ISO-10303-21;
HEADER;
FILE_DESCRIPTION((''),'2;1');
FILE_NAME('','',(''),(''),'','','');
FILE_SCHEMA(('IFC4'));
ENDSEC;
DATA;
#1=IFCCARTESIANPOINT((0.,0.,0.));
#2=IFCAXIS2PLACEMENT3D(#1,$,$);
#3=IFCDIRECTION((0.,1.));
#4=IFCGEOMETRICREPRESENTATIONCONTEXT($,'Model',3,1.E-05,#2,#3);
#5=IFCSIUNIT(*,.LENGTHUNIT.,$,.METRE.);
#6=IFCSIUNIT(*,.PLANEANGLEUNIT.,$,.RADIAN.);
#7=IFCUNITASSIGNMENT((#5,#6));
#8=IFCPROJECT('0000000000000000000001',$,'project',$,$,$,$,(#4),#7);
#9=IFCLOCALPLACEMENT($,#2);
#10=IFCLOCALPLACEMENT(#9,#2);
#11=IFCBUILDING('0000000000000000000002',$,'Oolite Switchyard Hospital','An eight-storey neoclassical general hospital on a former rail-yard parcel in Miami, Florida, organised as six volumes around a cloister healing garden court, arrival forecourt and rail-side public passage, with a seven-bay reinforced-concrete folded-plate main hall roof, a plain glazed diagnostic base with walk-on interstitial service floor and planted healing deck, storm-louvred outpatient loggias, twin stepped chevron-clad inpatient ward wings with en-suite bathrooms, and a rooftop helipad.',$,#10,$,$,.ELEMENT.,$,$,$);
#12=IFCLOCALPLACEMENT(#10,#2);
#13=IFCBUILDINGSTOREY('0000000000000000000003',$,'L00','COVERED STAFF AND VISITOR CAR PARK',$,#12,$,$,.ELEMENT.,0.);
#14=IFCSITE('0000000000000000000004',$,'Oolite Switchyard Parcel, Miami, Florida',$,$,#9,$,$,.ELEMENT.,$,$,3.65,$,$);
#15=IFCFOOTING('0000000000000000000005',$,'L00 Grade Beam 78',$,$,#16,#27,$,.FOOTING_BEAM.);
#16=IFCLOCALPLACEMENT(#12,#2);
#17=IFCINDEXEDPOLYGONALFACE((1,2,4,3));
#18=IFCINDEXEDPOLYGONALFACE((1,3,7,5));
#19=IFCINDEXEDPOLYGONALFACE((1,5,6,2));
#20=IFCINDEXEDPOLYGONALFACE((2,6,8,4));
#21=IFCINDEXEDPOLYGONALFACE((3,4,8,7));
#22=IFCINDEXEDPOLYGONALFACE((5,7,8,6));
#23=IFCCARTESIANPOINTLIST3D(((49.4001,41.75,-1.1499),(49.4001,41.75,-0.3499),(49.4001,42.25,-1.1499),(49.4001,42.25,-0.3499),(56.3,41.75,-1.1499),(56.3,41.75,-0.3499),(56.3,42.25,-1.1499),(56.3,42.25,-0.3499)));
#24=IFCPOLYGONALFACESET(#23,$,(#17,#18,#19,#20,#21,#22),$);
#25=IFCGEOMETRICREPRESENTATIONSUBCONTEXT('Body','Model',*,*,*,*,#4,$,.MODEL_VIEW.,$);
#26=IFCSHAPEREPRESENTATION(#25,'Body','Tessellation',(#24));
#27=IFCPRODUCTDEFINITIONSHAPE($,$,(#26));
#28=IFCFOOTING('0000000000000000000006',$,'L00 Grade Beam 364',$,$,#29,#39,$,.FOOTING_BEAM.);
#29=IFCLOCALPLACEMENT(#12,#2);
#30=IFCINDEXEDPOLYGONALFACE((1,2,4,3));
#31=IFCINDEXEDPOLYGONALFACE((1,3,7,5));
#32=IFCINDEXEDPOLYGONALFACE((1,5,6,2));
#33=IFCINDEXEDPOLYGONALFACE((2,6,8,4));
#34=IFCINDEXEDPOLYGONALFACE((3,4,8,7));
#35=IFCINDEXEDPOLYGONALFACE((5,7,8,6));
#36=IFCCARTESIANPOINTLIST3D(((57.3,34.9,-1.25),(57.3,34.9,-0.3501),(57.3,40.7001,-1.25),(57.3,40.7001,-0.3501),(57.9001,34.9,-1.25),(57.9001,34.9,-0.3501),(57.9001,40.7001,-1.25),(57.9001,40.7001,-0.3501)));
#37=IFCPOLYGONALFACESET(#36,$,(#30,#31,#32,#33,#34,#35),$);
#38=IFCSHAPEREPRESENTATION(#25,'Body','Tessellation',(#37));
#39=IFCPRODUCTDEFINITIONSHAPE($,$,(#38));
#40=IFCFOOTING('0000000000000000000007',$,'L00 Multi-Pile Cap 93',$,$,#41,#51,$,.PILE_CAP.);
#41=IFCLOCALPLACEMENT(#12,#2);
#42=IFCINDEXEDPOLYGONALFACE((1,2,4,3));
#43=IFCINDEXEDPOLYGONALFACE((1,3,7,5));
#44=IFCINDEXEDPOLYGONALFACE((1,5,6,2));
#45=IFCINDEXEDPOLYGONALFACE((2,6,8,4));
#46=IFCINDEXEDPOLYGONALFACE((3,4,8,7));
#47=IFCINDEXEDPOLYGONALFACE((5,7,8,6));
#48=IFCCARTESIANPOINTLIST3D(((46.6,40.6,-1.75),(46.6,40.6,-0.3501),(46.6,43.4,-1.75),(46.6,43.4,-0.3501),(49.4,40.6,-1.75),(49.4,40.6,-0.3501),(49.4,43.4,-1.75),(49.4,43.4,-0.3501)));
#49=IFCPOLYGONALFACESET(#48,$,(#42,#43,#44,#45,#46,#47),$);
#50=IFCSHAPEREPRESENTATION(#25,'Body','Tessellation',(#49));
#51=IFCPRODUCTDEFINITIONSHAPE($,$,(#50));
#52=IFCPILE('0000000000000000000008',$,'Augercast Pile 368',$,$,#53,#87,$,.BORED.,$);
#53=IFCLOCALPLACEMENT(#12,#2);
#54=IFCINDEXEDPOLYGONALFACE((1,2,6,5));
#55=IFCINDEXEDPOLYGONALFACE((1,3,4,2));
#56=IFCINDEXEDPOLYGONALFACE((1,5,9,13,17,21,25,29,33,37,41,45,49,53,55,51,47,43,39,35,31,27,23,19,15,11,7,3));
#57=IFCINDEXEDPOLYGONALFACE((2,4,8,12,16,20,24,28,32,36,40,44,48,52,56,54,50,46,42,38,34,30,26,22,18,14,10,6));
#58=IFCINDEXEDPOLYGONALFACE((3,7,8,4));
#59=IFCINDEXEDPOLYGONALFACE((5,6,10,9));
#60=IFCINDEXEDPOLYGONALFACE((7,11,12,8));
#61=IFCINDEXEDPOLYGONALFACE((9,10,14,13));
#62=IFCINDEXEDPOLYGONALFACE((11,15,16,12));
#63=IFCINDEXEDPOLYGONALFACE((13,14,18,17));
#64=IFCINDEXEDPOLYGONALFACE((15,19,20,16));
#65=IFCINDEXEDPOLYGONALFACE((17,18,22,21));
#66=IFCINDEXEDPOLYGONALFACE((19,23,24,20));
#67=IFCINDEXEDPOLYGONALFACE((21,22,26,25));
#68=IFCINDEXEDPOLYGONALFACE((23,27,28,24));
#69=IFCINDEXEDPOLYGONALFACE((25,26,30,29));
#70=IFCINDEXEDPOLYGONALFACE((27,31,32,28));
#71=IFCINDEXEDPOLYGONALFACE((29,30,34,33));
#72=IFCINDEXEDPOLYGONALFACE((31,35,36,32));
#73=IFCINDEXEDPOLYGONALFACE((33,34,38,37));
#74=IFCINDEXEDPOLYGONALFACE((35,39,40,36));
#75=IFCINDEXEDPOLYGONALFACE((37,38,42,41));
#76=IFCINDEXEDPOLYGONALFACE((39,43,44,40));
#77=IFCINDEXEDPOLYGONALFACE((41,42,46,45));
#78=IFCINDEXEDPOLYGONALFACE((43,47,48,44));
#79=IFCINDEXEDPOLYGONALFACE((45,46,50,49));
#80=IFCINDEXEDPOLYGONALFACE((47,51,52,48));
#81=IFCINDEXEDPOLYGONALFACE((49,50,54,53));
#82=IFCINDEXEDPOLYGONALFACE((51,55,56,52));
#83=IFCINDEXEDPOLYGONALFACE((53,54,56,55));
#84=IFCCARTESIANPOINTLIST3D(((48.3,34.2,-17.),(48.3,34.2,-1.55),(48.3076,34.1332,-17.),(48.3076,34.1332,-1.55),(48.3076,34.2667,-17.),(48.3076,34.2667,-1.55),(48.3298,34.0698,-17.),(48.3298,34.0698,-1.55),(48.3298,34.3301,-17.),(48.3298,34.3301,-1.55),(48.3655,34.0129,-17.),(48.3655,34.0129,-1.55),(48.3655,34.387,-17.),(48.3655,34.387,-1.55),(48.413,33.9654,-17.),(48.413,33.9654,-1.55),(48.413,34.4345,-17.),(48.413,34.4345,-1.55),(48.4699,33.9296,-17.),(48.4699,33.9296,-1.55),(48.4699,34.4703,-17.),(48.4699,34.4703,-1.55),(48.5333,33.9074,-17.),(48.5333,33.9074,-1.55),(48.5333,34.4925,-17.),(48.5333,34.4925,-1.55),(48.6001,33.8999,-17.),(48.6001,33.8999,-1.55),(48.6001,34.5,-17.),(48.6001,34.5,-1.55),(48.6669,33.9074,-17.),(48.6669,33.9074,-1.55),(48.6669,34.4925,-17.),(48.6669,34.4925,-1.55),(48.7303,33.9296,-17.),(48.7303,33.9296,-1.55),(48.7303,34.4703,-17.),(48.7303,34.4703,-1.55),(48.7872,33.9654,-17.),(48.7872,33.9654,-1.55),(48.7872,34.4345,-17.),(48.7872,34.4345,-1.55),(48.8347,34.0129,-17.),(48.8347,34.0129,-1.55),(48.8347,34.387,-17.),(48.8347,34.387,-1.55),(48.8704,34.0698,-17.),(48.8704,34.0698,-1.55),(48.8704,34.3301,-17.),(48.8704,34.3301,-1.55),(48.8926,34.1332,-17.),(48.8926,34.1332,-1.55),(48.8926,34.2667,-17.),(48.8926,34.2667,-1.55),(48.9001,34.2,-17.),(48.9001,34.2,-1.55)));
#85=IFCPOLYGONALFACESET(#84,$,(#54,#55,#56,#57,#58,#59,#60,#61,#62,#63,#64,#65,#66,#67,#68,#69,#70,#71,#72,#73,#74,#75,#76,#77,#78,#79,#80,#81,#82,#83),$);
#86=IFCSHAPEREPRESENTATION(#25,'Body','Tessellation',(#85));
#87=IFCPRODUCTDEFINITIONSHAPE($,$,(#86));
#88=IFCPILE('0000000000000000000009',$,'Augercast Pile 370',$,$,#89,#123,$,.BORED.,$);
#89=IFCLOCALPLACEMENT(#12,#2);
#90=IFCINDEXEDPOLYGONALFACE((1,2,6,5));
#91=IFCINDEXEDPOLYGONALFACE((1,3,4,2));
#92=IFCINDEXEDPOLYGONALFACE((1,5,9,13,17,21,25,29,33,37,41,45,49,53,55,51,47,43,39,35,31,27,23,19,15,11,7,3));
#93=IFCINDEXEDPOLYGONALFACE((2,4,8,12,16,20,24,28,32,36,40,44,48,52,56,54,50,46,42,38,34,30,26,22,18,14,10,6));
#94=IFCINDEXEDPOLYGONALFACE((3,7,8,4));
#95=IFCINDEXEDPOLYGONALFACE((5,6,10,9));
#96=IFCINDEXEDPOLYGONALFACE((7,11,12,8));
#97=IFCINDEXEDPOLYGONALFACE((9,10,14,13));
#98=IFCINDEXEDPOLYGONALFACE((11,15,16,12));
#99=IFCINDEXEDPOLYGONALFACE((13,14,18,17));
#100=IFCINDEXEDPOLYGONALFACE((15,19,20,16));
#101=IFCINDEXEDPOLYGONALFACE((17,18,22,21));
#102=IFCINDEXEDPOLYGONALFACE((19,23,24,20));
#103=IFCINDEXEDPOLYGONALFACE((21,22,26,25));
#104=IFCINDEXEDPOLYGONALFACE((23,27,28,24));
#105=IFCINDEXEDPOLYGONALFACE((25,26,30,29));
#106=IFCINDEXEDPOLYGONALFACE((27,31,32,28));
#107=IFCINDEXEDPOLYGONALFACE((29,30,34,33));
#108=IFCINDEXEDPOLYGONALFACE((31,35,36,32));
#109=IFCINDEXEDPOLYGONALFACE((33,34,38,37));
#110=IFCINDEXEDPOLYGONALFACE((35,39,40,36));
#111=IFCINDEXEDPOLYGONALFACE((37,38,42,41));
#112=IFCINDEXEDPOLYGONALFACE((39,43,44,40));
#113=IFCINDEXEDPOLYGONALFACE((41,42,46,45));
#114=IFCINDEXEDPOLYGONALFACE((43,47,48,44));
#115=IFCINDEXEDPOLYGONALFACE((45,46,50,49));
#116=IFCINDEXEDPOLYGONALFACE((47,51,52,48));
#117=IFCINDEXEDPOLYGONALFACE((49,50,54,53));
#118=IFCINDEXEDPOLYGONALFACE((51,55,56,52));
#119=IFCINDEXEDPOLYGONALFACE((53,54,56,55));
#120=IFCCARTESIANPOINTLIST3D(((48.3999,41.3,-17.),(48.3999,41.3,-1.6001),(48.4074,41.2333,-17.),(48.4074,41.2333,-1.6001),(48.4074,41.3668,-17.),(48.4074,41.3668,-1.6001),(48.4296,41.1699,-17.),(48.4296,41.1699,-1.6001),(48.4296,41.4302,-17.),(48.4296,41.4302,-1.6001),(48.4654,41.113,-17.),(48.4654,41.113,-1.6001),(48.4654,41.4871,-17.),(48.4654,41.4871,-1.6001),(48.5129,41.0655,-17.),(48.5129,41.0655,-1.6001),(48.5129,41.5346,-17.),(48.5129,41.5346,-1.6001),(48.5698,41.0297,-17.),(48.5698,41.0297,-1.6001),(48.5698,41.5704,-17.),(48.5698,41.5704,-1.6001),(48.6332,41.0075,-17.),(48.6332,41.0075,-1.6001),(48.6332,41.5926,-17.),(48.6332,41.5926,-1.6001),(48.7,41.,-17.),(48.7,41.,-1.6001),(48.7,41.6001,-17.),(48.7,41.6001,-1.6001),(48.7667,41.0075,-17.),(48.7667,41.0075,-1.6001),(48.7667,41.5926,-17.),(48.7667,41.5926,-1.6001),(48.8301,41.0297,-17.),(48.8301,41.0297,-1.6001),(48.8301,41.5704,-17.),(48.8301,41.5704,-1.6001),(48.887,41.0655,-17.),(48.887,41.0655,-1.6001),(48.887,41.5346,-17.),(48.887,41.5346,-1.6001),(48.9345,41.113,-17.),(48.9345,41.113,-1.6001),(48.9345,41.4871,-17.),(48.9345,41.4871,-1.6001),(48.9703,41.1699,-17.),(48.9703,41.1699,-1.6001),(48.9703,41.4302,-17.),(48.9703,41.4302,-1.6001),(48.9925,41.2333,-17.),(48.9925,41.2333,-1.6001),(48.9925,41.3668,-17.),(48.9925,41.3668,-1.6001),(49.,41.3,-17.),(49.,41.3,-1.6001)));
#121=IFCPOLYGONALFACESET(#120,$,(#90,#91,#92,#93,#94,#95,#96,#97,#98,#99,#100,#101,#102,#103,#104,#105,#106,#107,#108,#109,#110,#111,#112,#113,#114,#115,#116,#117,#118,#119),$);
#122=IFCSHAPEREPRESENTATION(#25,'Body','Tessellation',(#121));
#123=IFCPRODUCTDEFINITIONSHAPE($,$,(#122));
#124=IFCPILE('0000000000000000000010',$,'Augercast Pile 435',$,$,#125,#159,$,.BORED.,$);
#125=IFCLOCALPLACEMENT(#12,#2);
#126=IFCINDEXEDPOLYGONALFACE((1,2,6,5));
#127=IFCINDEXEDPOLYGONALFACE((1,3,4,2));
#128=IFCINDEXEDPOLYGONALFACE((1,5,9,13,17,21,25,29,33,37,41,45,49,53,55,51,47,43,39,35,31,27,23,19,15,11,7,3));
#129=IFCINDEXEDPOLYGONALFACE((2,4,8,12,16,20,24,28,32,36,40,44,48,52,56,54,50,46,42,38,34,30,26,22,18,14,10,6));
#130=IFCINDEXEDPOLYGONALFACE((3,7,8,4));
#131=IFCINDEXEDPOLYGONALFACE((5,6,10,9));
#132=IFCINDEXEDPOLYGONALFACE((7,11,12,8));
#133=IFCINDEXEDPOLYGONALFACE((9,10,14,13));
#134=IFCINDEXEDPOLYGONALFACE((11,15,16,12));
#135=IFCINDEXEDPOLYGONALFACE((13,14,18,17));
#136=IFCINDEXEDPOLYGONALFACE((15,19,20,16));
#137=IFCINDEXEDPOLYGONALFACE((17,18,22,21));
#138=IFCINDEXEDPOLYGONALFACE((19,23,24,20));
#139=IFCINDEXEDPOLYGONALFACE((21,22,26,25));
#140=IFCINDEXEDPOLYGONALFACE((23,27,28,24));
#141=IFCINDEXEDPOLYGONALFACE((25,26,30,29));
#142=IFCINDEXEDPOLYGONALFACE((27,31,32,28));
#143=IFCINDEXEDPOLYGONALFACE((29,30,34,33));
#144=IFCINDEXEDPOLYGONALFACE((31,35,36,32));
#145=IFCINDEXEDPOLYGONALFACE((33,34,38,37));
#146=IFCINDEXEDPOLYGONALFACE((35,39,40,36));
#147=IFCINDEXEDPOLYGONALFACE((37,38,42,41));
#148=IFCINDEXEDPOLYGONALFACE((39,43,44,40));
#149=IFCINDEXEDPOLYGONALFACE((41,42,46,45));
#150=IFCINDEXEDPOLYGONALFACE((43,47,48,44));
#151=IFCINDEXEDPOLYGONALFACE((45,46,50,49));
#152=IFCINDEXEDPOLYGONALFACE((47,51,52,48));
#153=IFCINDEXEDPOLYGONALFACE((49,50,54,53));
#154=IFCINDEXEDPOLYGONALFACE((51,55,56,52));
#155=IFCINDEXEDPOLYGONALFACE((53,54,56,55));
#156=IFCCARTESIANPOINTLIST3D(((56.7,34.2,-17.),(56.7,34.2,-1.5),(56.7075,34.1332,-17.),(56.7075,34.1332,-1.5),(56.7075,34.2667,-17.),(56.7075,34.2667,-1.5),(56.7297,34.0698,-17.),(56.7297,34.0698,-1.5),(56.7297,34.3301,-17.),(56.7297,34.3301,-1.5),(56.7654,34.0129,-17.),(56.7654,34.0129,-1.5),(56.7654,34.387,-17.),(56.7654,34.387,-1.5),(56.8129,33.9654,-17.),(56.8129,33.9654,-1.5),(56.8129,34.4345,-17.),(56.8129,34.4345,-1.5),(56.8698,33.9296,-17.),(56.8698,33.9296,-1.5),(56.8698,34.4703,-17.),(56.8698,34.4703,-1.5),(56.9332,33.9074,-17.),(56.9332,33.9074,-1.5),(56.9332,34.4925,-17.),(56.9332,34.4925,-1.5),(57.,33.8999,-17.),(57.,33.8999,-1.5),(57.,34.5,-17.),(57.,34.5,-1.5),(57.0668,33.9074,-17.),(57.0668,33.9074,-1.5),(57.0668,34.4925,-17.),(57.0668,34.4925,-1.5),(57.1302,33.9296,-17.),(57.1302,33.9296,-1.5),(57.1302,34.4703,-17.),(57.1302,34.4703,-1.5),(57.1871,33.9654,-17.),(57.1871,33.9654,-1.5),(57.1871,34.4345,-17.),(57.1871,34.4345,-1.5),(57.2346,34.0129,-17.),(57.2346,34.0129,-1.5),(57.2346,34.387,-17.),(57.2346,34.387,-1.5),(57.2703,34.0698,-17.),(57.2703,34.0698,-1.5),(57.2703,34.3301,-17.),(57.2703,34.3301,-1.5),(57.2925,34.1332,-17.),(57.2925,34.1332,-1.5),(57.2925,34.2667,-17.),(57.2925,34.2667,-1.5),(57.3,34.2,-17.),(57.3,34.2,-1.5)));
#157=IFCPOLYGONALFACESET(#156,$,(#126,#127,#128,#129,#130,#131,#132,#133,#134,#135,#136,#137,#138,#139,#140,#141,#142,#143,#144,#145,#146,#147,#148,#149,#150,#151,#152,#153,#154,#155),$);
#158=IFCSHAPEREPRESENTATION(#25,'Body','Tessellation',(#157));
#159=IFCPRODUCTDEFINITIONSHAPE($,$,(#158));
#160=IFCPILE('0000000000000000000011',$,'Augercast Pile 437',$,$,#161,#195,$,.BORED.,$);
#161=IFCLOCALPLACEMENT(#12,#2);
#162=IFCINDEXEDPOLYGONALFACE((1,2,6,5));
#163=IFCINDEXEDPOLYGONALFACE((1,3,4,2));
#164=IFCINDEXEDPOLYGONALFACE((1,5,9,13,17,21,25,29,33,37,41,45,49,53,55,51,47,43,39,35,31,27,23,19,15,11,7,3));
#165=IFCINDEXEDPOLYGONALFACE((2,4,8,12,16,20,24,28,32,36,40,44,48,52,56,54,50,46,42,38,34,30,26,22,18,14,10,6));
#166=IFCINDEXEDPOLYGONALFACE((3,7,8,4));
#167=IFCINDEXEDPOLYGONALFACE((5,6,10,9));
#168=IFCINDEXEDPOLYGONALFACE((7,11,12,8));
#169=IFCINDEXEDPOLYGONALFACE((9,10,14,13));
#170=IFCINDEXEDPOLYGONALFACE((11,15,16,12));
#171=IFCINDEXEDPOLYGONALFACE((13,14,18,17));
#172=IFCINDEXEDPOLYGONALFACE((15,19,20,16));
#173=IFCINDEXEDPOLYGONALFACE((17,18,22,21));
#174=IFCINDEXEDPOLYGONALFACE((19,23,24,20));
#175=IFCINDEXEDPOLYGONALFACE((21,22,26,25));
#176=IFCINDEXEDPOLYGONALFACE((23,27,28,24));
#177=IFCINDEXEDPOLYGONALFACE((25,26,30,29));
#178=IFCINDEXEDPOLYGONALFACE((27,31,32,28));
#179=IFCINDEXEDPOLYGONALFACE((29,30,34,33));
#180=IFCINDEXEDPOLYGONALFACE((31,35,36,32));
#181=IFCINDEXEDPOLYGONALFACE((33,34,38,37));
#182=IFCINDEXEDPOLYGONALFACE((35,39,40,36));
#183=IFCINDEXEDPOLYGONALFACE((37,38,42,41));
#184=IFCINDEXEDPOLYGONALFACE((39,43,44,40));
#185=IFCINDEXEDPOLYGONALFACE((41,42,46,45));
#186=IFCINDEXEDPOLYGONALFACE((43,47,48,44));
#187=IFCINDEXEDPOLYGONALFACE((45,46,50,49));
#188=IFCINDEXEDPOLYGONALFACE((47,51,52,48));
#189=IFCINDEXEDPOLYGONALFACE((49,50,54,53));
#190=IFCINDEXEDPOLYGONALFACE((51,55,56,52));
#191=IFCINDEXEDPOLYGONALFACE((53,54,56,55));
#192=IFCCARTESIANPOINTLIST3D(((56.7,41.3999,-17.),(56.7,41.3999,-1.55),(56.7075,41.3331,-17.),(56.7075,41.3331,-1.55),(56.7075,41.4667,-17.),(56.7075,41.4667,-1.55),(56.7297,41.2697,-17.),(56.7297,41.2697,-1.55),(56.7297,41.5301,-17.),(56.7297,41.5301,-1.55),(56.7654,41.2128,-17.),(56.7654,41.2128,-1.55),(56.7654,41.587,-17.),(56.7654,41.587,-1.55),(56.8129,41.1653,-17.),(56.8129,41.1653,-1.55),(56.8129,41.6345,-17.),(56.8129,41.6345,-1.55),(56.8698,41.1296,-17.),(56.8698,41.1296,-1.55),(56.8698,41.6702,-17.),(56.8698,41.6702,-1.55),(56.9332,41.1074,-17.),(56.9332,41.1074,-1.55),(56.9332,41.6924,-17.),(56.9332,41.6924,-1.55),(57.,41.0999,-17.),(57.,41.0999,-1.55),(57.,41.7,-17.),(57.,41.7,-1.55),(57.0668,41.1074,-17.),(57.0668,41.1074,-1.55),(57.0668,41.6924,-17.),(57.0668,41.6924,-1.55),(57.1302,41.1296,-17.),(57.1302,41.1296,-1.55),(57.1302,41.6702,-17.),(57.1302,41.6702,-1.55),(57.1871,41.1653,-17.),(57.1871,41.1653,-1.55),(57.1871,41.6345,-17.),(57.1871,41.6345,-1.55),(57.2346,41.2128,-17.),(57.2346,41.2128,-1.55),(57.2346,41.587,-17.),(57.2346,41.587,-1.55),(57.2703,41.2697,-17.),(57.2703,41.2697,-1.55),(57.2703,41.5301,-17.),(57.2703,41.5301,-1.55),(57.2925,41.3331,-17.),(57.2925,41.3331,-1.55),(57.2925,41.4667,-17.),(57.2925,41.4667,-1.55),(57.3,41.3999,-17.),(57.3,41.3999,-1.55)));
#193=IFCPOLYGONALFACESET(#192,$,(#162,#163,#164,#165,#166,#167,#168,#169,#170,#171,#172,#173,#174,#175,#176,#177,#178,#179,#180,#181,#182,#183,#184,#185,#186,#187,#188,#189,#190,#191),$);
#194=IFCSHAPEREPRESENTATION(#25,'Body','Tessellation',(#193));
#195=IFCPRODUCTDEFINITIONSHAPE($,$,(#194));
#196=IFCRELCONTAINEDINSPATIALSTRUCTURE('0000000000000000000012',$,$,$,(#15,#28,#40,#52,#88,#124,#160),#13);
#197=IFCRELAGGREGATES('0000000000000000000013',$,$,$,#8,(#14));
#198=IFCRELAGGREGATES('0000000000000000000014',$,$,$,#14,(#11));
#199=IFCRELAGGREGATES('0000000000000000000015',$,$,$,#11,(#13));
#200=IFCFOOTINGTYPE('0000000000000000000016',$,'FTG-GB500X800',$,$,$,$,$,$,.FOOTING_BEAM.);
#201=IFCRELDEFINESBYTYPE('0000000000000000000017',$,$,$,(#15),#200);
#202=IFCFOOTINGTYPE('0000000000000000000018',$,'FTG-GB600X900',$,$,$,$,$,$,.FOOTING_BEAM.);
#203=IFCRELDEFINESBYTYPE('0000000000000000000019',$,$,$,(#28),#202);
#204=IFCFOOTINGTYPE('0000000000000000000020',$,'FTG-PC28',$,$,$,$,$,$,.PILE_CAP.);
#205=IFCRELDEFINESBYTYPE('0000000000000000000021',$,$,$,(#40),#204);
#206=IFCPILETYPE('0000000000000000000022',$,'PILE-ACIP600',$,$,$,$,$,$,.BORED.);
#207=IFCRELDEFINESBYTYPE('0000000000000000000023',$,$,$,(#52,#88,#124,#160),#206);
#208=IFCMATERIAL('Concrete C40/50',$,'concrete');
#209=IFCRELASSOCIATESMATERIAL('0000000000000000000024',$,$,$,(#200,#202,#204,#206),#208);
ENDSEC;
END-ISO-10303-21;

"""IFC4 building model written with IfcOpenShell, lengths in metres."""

from ifc_helpers import new_model, si_unit, direction, frame, origin, origin_2d, place, context, subcontext, project, spatial, rectangle, circle, extrude, material, material_profile, profile_set, type_object, element, save


model = new_model("IFC4")

# Units and contexts
model_context = context("Model", 3, precision=1e-05, world=origin(), true_north=direction((0.0, 1.0)))
body_context = subcontext(model_context, "Body", "Model", "MODEL_VIEW")
ifc_project = project(units=[si_unit("LENGTHUNIT", "METRE"), si_unit("PLANEANGLEUNIT", "RADIAN")], contexts=[model_context])

# Site, building, storey
site_placement = place(None, origin())
site = spatial("IfcSite", under=ifc_project, at=site_placement, Name="Oolite Switchyard Parcel, Miami, Florida", CompositionType="ELEMENT", RefElevation=3.65)
building_placement = place(site_placement, origin())
building = spatial("IfcBuilding", under=site, at=building_placement, Name="Oolite Switchyard Hospital", Description="An eight-storey neoclassical general hospital on a former rail-yard parcel in Miami, Florida, organised as six volumes around a cloister healing garden court, arrival forecourt and rail-side public passage, with a seven-bay reinforced-concrete folded-plate main hall roof, a plain glazed diagnostic base with walk-on interstitial service floor and planted healing deck, storm-louvred outpatient loggias, twin stepped chevron-clad inpatient ward wings with en-suite bathrooms, and a rooftop helipad.", CompositionType="ELEMENT")
storey_placement = place(building_placement, origin())
storey = spatial("IfcBuildingStorey", under=building, at=storey_placement, Name="L00", Description="COVERED STAFF AND VISITOR CAR PARK", CompositionType="ELEMENT", Elevation=0.0)

# Footings
ifc_material_1 = material(Name="Concrete C40/50", Category="concrete")
footing_type_1 = type_object("IfcFootingType", Name="FTG-GB500X800", PredefinedType="FOOTING_BEAM", material=ifc_material_1)
footing_1_placement = place(storey_placement, frame((52.8501, 42.0, -1.1499), z_axis=(0.0, 0.0, 1.0), x_axis=(1.0, 0.0, 0.0)))
element("IfcFooting", 1, at=footing_1_placement, inside=storey, type_object=footing_type_1, Name="L00 Grade Beam 78", PredefinedType="FOOTING_BEAM", context=body_context, shape_type="SweptSolid", body=[
    extrude(rectangle(XDim=6.8999, YDim=0.5, at=origin_2d()), origin(), (0.0, 0.0, 1.0), 0.8),
])
footing_type_2 = type_object("IfcFootingType", Name="FTG-GB600X900", PredefinedType="FOOTING_BEAM", material=ifc_material_1)
footing_2_placement = place(storey_placement, frame((57.6001, 37.8, -1.25), z_axis=(0.0, 0.0, 1.0), x_axis=(0.0, 1.0, 0.0)))
element("IfcFooting", 2, at=footing_2_placement, inside=storey, type_object=footing_type_2, Name="L00 Grade Beam 364", PredefinedType="FOOTING_BEAM", context=body_context, shape_type="SweptSolid", body=[
    extrude(rectangle(XDim=5.8, YDim=0.6001, at=origin_2d()), origin(), (0.0, 0.0, 1.0), 0.8999),
])
footing_type_3 = type_object("IfcFootingType", Name="FTG-PC28", PredefinedType="PILE_CAP", material=ifc_material_1)
footing_3_placement = place(storey_placement, frame((48.0, 42.0, -1.75), z_axis=(0.0, 0.0, 1.0), x_axis=(1.0, 0.0, 0.0)))
element("IfcFooting", 3, at=footing_3_placement, inside=storey, type_object=footing_type_3, Name="L00 Multi-Pile Cap 93", PredefinedType="PILE_CAP", context=body_context, shape_type="SweptSolid", body=[
    extrude(rectangle(XDim=2.8, YDim=2.8, at=origin_2d()), origin(), (0.0, 0.0, 1.0), 1.3999),
])

# Piles
ifc_material_profile_1 = material_profile(ifc_material_1, circle(Radius=0.3, at=origin_2d()), Name="PILE600")
ifc_profile_set_1 = profile_set([ifc_material_profile_1], Name="Concrete C40/50")
pile_type = type_object("IfcPileType", Name="PILE-ACIP600", PredefinedType="BORED", material=ifc_profile_set_1)
pile_1_placement = place(storey_placement, frame((48.6001, 34.2, -1.55), z_axis=(0.0, 0.0, -1.0), x_axis=(1.0, 0.0, 0.0)))
element("IfcPile", 4, at=pile_1_placement, inside=storey, type_object=pile_type, Name="Augercast Pile 368", PredefinedType="BORED", context=body_context, shape_type="SweptSolid", body=[
    extrude(circle(Radius=0.3, at=origin_2d()), origin(), (0.0, 0.0, 1.0), 15.45),
])
pile_2_placement = place(storey_placement, frame((48.7, 41.3, -1.6001), z_axis=(0.0, 0.0, -1.0), x_axis=(1.0, 0.0, 0.0)))
element("IfcPile", 5, at=pile_2_placement, inside=storey, type_object=pile_type, Name="Augercast Pile 370", PredefinedType="BORED", context=body_context, shape_type="SweptSolid", body=[
    extrude(circle(Radius=0.3, at=origin_2d()), origin(), (0.0, 0.0, 1.0), 15.3999),
])
pile_3_placement = place(storey_placement, frame((57.0, 34.2, -1.5), z_axis=(0.0, 0.0, -1.0), x_axis=(1.0, 0.0, 0.0)))
element("IfcPile", 6, at=pile_3_placement, inside=storey, type_object=pile_type, Name="Augercast Pile 435", PredefinedType="BORED", context=body_context, shape_type="SweptSolid", body=[
    extrude(circle(Radius=0.3, at=origin_2d()), origin(), (0.0, 0.0, 1.0), 15.5),
])
pile_4_placement = place(storey_placement, frame((57.0, 41.3999, -1.55), z_axis=(0.0, 0.0, -1.0), x_axis=(1.0, 0.0, 0.0)))
element("IfcPile", 7, at=pile_4_placement, inside=storey, type_object=pile_type, Name="Augercast Pile 437", PredefinedType="BORED", context=body_context, shape_type="SweptSolid", body=[
    extrude(circle(Radius=0.3, at=origin_2d()), origin(), (0.0, 0.0, 1.0), 15.45),
])

save(model, "model.ifc")
